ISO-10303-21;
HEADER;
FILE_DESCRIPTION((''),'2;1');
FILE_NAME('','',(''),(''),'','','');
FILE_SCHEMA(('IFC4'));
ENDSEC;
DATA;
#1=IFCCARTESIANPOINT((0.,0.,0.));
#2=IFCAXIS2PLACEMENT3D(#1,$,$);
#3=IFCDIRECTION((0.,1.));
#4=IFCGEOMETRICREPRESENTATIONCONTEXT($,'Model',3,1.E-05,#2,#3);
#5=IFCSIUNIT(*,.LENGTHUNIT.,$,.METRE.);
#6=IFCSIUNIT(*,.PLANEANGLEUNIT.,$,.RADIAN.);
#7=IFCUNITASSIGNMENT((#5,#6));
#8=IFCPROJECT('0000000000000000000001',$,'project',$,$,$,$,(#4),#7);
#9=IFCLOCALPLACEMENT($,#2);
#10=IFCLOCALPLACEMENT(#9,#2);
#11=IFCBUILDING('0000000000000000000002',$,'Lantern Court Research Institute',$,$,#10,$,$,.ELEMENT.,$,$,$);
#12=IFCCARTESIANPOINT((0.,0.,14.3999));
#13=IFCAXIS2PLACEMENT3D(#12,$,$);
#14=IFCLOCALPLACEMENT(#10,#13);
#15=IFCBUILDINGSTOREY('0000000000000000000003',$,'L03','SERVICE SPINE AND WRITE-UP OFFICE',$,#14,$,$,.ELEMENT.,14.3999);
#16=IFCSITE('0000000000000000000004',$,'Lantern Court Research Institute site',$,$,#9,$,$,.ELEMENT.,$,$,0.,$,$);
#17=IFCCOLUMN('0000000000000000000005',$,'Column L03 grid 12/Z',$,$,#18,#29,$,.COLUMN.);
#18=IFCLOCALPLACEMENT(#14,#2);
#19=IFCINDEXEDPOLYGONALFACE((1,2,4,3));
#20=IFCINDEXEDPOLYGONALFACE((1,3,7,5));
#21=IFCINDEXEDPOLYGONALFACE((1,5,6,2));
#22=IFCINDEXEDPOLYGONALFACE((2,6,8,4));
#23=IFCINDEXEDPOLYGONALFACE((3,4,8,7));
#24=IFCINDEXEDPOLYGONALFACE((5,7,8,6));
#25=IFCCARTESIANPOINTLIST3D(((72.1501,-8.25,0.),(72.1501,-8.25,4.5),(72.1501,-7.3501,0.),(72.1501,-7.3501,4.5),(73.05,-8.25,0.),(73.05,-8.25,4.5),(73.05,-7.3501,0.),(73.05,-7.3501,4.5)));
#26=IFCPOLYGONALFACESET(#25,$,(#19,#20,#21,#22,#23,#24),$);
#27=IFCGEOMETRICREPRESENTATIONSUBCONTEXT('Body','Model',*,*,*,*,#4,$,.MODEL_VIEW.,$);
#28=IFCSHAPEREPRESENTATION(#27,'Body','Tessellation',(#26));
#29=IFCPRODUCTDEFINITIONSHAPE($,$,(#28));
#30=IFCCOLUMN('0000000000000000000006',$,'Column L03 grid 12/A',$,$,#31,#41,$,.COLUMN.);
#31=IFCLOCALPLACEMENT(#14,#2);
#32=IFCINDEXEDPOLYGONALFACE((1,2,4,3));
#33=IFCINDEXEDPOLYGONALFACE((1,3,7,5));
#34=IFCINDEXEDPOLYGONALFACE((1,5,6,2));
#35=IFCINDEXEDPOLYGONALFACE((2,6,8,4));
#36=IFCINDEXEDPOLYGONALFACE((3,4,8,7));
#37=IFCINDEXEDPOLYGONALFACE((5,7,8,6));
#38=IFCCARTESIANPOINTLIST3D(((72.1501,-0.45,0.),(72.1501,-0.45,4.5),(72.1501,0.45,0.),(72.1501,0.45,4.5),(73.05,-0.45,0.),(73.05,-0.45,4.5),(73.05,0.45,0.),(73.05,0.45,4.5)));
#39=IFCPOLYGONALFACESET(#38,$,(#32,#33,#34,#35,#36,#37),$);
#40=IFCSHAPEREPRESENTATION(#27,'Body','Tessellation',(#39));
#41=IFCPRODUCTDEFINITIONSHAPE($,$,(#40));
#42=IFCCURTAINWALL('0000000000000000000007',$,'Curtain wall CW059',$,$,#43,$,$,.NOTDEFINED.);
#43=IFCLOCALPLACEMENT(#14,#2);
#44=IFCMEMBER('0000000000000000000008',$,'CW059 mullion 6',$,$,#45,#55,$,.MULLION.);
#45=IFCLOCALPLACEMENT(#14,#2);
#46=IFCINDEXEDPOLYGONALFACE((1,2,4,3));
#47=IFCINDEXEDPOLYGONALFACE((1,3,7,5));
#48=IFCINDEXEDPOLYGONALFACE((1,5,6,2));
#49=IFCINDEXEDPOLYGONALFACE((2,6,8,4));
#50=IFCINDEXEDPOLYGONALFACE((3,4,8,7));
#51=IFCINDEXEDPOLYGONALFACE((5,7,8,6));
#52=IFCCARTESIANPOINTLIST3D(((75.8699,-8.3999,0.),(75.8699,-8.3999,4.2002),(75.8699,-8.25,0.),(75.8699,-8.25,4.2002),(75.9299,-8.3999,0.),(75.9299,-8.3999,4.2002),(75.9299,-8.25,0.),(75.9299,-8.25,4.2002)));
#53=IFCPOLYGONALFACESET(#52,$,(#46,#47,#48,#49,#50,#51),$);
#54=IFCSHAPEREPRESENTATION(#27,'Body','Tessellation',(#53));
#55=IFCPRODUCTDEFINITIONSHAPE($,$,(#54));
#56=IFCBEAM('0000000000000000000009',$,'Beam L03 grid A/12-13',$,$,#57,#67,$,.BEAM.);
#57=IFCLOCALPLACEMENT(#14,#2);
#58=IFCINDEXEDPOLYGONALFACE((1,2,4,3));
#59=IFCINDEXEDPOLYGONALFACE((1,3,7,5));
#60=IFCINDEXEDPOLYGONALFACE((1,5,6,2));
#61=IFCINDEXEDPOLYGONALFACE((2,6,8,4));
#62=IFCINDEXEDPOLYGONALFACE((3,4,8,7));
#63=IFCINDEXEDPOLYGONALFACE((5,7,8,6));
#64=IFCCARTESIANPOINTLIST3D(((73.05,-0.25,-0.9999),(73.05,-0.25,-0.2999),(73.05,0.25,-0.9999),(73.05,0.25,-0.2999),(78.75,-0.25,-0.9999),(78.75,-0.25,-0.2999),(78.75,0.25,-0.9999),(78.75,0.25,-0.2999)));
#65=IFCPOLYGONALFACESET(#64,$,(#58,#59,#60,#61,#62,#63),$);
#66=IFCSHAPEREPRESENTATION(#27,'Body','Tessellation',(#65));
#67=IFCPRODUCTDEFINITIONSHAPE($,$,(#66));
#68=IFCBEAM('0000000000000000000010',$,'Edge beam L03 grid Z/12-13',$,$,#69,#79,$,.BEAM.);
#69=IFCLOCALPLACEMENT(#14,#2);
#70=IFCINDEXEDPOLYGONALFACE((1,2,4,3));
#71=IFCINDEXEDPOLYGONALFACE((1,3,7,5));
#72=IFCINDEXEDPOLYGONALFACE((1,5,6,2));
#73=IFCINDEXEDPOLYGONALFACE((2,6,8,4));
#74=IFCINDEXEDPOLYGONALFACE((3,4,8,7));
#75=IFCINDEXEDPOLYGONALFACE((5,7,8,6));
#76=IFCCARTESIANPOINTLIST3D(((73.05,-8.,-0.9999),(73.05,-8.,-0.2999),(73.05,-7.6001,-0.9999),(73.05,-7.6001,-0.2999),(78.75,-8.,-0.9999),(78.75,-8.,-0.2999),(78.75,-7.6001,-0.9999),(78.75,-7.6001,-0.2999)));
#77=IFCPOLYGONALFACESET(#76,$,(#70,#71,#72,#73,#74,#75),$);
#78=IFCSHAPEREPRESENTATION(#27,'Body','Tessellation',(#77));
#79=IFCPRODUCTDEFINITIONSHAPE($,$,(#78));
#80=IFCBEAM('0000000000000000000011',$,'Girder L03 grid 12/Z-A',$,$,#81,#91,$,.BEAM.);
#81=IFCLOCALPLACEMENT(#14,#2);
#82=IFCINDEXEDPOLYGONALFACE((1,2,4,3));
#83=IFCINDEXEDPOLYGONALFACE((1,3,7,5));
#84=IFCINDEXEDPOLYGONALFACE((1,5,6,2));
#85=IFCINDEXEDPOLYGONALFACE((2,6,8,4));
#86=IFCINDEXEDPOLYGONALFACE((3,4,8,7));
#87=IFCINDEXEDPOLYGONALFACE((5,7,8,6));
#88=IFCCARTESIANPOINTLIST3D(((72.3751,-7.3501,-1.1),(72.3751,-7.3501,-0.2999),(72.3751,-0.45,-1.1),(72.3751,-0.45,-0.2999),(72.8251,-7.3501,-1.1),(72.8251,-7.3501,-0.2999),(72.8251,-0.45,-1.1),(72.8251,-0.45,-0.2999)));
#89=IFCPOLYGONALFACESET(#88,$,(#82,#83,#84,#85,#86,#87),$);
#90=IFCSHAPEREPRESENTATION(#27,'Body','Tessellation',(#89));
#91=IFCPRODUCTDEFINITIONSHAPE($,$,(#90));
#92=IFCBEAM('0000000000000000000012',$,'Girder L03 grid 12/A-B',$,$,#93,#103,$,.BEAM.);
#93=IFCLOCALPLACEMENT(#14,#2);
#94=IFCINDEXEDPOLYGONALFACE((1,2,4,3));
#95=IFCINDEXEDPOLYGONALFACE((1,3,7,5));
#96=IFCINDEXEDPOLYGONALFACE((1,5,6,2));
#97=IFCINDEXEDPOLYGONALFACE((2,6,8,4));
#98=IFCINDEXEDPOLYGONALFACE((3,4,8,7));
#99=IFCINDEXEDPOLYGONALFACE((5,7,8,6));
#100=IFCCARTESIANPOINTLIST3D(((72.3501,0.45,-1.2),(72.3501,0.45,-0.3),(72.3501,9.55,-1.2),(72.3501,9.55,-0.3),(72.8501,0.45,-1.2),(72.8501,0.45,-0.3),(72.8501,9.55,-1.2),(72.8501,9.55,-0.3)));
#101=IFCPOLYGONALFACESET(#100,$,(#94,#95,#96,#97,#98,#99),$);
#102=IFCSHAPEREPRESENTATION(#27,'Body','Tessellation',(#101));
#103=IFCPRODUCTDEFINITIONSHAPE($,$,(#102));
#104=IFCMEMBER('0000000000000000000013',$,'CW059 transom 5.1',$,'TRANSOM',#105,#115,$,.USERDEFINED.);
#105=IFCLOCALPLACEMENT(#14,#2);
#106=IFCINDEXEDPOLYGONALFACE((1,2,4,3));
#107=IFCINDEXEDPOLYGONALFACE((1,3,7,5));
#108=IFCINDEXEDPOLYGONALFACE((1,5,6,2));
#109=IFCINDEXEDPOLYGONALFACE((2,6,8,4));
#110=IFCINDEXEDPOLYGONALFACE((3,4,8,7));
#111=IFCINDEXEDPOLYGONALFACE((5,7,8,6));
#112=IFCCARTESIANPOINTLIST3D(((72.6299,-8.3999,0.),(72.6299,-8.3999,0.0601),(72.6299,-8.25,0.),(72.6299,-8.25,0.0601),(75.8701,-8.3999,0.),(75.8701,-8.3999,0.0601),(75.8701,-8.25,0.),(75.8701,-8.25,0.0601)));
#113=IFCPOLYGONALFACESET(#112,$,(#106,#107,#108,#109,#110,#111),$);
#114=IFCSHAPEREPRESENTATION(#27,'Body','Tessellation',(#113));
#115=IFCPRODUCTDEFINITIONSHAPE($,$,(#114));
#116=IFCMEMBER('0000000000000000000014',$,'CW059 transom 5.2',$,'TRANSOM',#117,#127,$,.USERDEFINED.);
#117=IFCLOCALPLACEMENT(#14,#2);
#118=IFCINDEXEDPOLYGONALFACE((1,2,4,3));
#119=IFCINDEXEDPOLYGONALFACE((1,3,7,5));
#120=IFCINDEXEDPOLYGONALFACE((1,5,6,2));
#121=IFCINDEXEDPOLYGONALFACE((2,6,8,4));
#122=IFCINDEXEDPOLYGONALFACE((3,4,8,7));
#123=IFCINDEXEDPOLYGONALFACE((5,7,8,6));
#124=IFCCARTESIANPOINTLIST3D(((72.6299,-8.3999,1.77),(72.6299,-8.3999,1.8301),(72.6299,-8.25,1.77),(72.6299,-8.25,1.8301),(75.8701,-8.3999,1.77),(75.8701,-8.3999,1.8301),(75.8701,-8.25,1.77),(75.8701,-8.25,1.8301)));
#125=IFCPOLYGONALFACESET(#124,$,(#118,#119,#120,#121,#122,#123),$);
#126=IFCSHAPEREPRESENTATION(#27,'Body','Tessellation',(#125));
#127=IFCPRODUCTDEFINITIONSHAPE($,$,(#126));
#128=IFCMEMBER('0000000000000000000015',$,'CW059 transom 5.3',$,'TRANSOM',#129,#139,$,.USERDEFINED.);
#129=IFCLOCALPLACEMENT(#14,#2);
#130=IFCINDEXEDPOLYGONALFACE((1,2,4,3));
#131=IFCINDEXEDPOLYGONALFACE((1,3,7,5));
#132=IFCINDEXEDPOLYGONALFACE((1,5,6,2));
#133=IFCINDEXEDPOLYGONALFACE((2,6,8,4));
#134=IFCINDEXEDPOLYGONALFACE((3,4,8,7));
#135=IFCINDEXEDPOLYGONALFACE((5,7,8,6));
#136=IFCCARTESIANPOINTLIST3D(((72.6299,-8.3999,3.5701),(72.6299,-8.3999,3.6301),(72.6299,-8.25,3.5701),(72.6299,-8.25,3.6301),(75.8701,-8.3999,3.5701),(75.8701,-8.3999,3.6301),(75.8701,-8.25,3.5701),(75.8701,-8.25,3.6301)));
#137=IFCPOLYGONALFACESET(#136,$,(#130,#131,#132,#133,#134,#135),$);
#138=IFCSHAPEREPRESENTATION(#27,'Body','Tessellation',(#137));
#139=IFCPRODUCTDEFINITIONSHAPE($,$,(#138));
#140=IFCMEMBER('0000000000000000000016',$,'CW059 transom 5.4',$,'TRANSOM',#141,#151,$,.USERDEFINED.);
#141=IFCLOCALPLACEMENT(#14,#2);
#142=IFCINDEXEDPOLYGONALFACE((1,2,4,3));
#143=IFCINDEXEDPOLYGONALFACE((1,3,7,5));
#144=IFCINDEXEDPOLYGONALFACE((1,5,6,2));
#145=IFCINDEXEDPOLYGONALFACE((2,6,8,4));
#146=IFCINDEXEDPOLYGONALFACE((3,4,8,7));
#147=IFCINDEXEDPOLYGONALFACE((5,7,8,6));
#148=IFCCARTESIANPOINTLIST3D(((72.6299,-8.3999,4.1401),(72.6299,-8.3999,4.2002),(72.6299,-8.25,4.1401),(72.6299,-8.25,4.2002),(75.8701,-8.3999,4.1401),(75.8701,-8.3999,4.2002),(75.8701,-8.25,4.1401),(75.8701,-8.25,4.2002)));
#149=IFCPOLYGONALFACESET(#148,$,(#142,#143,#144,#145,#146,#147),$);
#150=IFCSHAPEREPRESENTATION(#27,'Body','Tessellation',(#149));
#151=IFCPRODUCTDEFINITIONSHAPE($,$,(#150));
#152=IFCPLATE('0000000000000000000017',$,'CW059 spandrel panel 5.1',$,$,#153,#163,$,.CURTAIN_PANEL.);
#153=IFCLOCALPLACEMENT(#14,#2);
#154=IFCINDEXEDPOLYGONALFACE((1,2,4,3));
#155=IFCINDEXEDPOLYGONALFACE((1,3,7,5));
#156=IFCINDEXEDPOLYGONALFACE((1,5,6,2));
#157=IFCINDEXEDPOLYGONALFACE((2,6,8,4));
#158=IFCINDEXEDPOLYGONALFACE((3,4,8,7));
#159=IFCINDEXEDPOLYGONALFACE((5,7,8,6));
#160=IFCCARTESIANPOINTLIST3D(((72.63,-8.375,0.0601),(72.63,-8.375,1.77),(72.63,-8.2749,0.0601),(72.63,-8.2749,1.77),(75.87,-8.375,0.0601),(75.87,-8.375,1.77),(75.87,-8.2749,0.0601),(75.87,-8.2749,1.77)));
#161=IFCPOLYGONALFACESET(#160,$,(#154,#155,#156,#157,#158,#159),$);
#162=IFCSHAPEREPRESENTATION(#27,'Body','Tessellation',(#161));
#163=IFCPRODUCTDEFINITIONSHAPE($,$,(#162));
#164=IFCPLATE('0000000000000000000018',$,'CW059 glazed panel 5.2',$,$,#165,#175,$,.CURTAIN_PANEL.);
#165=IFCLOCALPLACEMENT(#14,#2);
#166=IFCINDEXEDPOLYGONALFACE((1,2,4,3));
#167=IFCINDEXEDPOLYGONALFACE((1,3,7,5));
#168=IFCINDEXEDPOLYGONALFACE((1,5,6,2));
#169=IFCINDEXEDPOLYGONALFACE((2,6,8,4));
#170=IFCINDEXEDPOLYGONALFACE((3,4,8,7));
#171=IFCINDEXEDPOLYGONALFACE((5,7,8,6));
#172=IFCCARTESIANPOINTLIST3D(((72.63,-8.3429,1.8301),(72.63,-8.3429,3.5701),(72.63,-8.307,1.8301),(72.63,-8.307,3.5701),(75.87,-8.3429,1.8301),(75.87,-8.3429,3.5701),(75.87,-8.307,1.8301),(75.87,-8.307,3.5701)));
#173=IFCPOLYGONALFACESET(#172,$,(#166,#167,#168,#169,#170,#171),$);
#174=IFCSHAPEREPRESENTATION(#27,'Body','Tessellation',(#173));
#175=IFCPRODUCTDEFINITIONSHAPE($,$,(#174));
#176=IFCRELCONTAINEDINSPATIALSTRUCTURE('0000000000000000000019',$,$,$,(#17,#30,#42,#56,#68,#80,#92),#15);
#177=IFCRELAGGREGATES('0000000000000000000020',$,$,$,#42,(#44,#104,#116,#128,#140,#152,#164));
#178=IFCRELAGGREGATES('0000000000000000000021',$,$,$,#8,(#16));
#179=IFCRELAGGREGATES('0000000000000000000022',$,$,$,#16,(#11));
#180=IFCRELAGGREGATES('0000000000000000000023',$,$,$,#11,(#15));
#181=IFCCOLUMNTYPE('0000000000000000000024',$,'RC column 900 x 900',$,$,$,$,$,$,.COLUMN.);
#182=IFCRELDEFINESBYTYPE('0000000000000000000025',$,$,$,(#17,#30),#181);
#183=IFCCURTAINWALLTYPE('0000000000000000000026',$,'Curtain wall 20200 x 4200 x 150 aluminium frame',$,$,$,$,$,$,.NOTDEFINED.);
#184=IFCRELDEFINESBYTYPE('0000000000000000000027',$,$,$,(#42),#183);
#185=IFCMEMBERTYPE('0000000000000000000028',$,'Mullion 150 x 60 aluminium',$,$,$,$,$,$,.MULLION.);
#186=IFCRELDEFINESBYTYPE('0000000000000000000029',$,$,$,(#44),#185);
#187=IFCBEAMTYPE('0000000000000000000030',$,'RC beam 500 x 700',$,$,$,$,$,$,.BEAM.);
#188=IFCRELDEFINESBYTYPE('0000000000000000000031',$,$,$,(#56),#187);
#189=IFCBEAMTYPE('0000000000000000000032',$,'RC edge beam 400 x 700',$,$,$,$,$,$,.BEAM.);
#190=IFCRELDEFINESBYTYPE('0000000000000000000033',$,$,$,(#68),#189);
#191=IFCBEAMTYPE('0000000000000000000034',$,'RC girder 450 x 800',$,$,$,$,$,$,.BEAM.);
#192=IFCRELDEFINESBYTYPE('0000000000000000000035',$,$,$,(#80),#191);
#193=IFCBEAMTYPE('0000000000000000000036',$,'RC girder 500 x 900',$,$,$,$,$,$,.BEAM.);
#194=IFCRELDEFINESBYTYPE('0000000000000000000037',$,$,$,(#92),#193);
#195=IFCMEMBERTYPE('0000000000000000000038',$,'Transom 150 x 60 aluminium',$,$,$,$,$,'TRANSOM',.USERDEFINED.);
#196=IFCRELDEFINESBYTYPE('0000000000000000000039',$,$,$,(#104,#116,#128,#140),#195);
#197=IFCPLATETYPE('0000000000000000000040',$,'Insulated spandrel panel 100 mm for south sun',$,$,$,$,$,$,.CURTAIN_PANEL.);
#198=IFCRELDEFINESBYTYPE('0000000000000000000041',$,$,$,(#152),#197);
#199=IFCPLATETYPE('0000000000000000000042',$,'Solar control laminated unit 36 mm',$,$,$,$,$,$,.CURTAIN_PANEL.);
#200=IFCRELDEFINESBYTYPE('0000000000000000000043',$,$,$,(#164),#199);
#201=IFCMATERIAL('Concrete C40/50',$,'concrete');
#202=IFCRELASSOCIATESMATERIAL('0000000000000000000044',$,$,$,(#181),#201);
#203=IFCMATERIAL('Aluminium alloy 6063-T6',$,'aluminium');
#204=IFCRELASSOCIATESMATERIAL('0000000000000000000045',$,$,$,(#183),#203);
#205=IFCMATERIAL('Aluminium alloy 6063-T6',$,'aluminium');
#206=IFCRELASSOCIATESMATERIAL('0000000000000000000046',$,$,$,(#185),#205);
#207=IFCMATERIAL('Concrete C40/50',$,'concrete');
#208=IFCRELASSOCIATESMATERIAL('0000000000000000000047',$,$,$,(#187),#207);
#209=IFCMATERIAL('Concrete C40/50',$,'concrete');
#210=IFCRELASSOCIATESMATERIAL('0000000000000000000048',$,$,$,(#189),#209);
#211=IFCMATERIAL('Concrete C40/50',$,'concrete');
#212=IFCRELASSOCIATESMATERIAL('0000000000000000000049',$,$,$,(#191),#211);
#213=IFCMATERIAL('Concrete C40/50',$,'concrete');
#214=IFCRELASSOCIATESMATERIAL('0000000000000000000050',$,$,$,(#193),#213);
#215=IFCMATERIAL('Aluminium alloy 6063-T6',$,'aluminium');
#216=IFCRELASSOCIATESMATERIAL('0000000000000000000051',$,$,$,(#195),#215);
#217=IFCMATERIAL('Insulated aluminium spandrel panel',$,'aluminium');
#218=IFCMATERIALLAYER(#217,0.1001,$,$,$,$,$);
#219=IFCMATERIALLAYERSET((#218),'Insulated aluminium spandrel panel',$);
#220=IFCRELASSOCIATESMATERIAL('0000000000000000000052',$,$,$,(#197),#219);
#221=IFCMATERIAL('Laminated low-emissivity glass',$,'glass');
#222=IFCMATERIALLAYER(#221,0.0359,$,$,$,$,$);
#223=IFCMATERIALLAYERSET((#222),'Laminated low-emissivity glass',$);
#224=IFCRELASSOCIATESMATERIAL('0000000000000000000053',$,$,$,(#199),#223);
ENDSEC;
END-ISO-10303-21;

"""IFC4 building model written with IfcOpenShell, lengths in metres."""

from ifc_helpers import new_model, si_unit, direction, frame, origin, origin_2d, place, context, subcontext, project, spatial, rectangle, extrude, material, layer, layer_set, material_profile, profile_set, type_object, element, aggregate, save


model = new_model("IFC4")

# Units and contexts
model_context = context("Model", 3, precision=1e-05, world=origin(), true_north=direction((0.0, 1.0)))
body_context = subcontext(model_context, "Body", "Model", "MODEL_VIEW")
ifc_project = project(units=[si_unit("LENGTHUNIT", "METRE"), si_unit("PLANEANGLEUNIT", "RADIAN")], contexts=[model_context])

# Site, building, storey
site_placement = place(None, origin())
site = spatial("IfcSite", under=ifc_project, at=site_placement, Name="Lantern Court Research Institute site", CompositionType="ELEMENT", RefElevation=0.0)
building_placement = place(site_placement, origin())
building = spatial("IfcBuilding", under=site, at=building_placement, Name="Lantern Court Research Institute", CompositionType="ELEMENT")
storey_placement = place(building_placement, frame((0.0, 0.0, 14.3999)))
storey = spatial("IfcBuildingStorey", under=building, at=storey_placement, Name="L03", Description="SERVICE SPINE AND WRITE-UP OFFICE", CompositionType="ELEMENT", Elevation=14.3999)

# Columns
ifc_material_1 = material(Name="Concrete C40/50", Category="concrete")
ifc_material_profile_1 = material_profile(ifc_material_1, rectangle(XDim=0.8999, YDim=0.8999, at=origin_2d()), Name="RC column 900 x 900")
ifc_profile_set_1 = profile_set([ifc_material_profile_1], Name="Concrete C40/50")
column_type = type_object("IfcColumnType", Name="RC column 900 x 900", PredefinedType="COLUMN", material=ifc_profile_set_1)
for number, where, z_axis, x_axis, name in (
    (1, (72.6001, -7.8, 0.0), (0.0, 0.0, 1.0), (1.0, 0.0, 0.0), "Column L03 grid 12/Z"),
    (2, (72.6001, 0.0, 0.0), (0.0, 0.0, 1.0), (1.0, 0.0, 0.0), "Column L03 grid 12/A"),
):
    element("IfcColumn", number, at=place(storey_placement, frame(where, z_axis=z_axis, x_axis=x_axis)), inside=storey, type_object=column_type, Name=name, PredefinedType="COLUMN", context=body_context, shape_type="SweptSolid", body=[
        extrude(rectangle(XDim=0.8999, YDim=0.8999, at=origin_2d()), origin(), (0.0, 0.0, 1.0), 4.5),
    ])

# Curtain wall, member
ifc_material_2 = material(Name="Aluminium alloy 6063-T6", Category="aluminium")
curtain_wall_type = type_object("IfcCurtainWallType", Name="Curtain wall 20200 x 4200 x 150 aluminium frame", PredefinedType="NOTDEFINED", material=ifc_material_2)
curtain_wall_placement = place(storey_placement, origin())
curtain_wall = element("IfcCurtainWall", 3, at=curtain_wall_placement, inside=storey, type_object=curtain_wall_type, Name="Curtain wall CW059", PredefinedType="NOTDEFINED")
ifc_material_3 = material(Name="Aluminium alloy 6063-T6", Category="aluminium")
ifc_material_profile_2 = material_profile(ifc_material_3, rectangle(XDim=0.1499, YDim=0.0601, at=origin_2d()), Name="Mullion 150 x 60")
ifc_profile_set_2 = profile_set([ifc_material_profile_2], Name="Aluminium alloy 6063-T6")
member_type_1 = type_object("IfcMemberType", Name="Mullion 150 x 60 aluminium", PredefinedType="MULLION", material=ifc_profile_set_2)
member_1_placement = place(storey_placement, frame((75.8999, -8.325, 0.0), z_axis=(0.0, 0.0, 1.0), x_axis=(0.0, -1.0, 0.0)))
member_1 = element("IfcMember", 4, at=member_1_placement, type_object=member_type_1, Name="CW059 mullion 6", PredefinedType="MULLION", context=body_context, shape_type="SweptSolid", body=[
    extrude(rectangle(XDim=0.1499, YDim=0.0601, at=origin_2d()), origin(), (0.0, 0.0, 1.0), 4.2002),
])

# Beams
ifc_material_4 = material(Name="Concrete C40/50", Category="concrete")
ifc_material_profile_3 = material_profile(ifc_material_4, rectangle(XDim=0.5, YDim=0.7, at=origin_2d()), Name="RC beam 500 x 700")
ifc_profile_set_3 = profile_set([ifc_material_profile_3], Name="Concrete C40/50")
beam_type_1 = type_object("IfcBeamType", Name="RC beam 500 x 700", PredefinedType="BEAM", material=ifc_profile_set_3)
beam_1_placement = place(storey_placement, frame((73.05, 0.0, -0.6499), z_axis=(1.0, 0.0, 0.0), x_axis=(0.0, 1.0, 0.0)))
element("IfcBeam", 5, at=beam_1_placement, inside=storey, type_object=beam_type_1, Name="Beam L03 grid A/12-13", PredefinedType="BEAM", context=body_context, shape_type="SweptSolid", body=[
    extrude(rectangle(XDim=0.5, YDim=0.7, at=origin_2d()), origin(), (0.0, 0.0, 1.0), 5.7),
])
ifc_material_5 = material(Name="Concrete C40/50", Category="concrete")
ifc_material_profile_4 = material_profile(ifc_material_5, rectangle(XDim=0.3999, YDim=0.7, at=origin_2d()), Name="RC beam 400 x 700")
ifc_profile_set_4 = profile_set([ifc_material_profile_4], Name="Concrete C40/50")
beam_type_2 = type_object("IfcBeamType", Name="RC edge beam 400 x 700", PredefinedType="BEAM", material=ifc_profile_set_4)
beam_2_placement = place(storey_placement, frame((73.05, -7.8, -0.6499), z_axis=(1.0, 0.0, 0.0), x_axis=(0.0, 1.0, 0.0)))
element("IfcBeam", 6, at=beam_2_placement, inside=storey, type_object=beam_type_2, Name="Edge beam L03 grid Z/12-13", PredefinedType="BEAM", context=body_context, shape_type="SweptSolid", body=[
    extrude(rectangle(XDim=0.3999, YDim=0.7, at=origin_2d()), origin(), (0.0, 0.0, 1.0), 5.7),
])
ifc_material_6 = material(Name="Concrete C40/50", Category="concrete")
ifc_material_profile_5 = material_profile(ifc_material_6, rectangle(XDim=0.45, YDim=0.8, at=origin_2d()), Name="RC beam 450 x 800")
ifc_profile_set_5 = profile_set([ifc_material_profile_5], Name="Concrete C40/50")
beam_type_3 = type_object("IfcBeamType", Name="RC girder 450 x 800", PredefinedType="BEAM", material=ifc_profile_set_5)
beam_3_placement = place(storey_placement, frame((72.6001, -7.3501, -0.7), z_axis=(0.0, 1.0, 0.0), x_axis=(-1.0, 0.0, 0.0)))
element("IfcBeam", 7, at=beam_3_placement, inside=storey, type_object=beam_type_3, Name="Girder L03 grid 12/Z-A", PredefinedType="BEAM", context=body_context, shape_type="SweptSolid", body=[
    extrude(rectangle(XDim=0.45, YDim=0.8, at=origin_2d()), origin(), (0.0, 0.0, 1.0), 6.9001),
])
ifc_material_7 = material(Name="Concrete C40/50", Category="concrete")
ifc_material_profile_6 = material_profile(ifc_material_7, rectangle(XDim=0.5, YDim=0.8999, at=origin_2d()), Name="RC beam 500 x 900")
ifc_profile_set_6 = profile_set([ifc_material_profile_6], Name="Concrete C40/50")
beam_type_4 = type_object("IfcBeamType", Name="RC girder 500 x 900", PredefinedType="BEAM", material=ifc_profile_set_6)
beam_4_placement = place(storey_placement, frame((72.6001, 0.45, -0.75), z_axis=(0.0, 1.0, 0.0), x_axis=(-1.0, 0.0, 0.0)))
element("IfcBeam", 8, at=beam_4_placement, inside=storey, type_object=beam_type_4, Name="Girder L03 grid 12/A-B", PredefinedType="BEAM", context=body_context, shape_type="SweptSolid", body=[
    extrude(rectangle(XDim=0.5, YDim=0.8999, at=origin_2d()), origin(), (0.0, 0.0, 1.0), 9.1001),
])

# Members
ifc_material_8 = material(Name="Aluminium alloy 6063-T6", Category="aluminium")
ifc_material_profile_7 = material_profile(ifc_material_8, rectangle(XDim=0.1499, YDim=0.0601, at=origin_2d()), Name="Transom 150 x 60")
ifc_profile_set_7 = profile_set([ifc_material_profile_7], Name="Aluminium alloy 6063-T6")
member_type_2 = type_object("IfcMemberType", Name="Transom 150 x 60 aluminium", ElementType="TRANSOM", PredefinedType="USERDEFINED", material=ifc_profile_set_7)
member_2_placement = place(storey_placement, frame((75.8701, -8.325, 0.03), z_axis=(-1.0, 0.0, 0.0), x_axis=(0.0, -1.0, 0.0)))
member_2 = element("IfcMember", 9, at=member_2_placement, type_object=member_type_2, Name="CW059 transom 5.1", ObjectType="TRANSOM", PredefinedType="USERDEFINED", context=body_context, shape_type="SweptSolid", body=[
    extrude(rectangle(XDim=0.1499, YDim=0.0601, at=origin_2d()), origin(), (0.0, 0.0, 1.0), 3.2402),
])
member_3_placement = place(storey_placement, frame((75.8701, -8.325, 1.8), z_axis=(-1.0, 0.0, 0.0), x_axis=(0.0, -1.0, 0.0)))
member_3 = element("IfcMember", 10, at=member_3_placement, type_object=member_type_2, Name="CW059 transom 5.2", ObjectType="TRANSOM", PredefinedType="USERDEFINED", context=body_context, shape_type="SweptSolid", body=[
    extrude(rectangle(XDim=0.1499, YDim=0.0601, at=origin_2d()), origin(), (0.0, 0.0, 1.0), 3.2402),
])
member_4_placement = place(storey_placement, frame((75.8701, -8.325, 3.6001), z_axis=(-1.0, 0.0, 0.0), x_axis=(0.0, -1.0, 0.0)))
member_4 = element("IfcMember", 11, at=member_4_placement, type_object=member_type_2, Name="CW059 transom 5.3", ObjectType="TRANSOM", PredefinedType="USERDEFINED", context=body_context, shape_type="SweptSolid", body=[
    extrude(rectangle(XDim=0.1499, YDim=0.0601, at=origin_2d()), origin(), (0.0, 0.0, 1.0), 3.2402),
])
member_5_placement = place(storey_placement, frame((75.8701, -8.325, 4.1702), z_axis=(-1.0, 0.0, 0.0), x_axis=(0.0, -1.0, 0.0)))
member_5 = element("IfcMember", 12, at=member_5_placement, type_object=member_type_2, Name="CW059 transom 5.4", ObjectType="TRANSOM", PredefinedType="USERDEFINED", context=body_context, shape_type="SweptSolid", body=[
    extrude(rectangle(XDim=0.1499, YDim=0.0601, at=origin_2d()), origin(), (0.0, 0.0, 1.0), 3.2402),
])

# Plates
ifc_material_9 = material(Name="Insulated aluminium spandrel panel", Category="aluminium")
ifc_layer_1 = layer(ifc_material_9, 0.1001)
ifc_layer_set_1 = layer_set([ifc_layer_1], Name="Insulated aluminium spandrel panel")
plate_type_1 = type_object("IfcPlateType", Name="Insulated spandrel panel 100 mm for south sun", PredefinedType="CURTAIN_PANEL", material=ifc_layer_set_1)
plate_1_placement = place(storey_placement, frame((74.25, -8.325, 0.0601), z_axis=(0.0, 0.0, 1.0), x_axis=(-1.0, 0.0, 0.0)))
plate_1 = element("IfcPlate", 13, at=plate_1_placement, type_object=plate_type_1, Name="CW059 spandrel panel 5.1", PredefinedType="CURTAIN_PANEL", context=body_context, shape_type="SweptSolid", body=[
    extrude(rectangle(XDim=3.24, YDim=0.1001, at=origin_2d()), origin(), (0.0, 0.0, 1.0), 1.71),
])
ifc_material_10 = material(Name="Laminated low-emissivity glass", Category="glass")
ifc_layer_2 = layer(ifc_material_10, 0.0359)
ifc_layer_set_2 = layer_set([ifc_layer_2], Name="Laminated low-emissivity glass")
plate_type_2 = type_object("IfcPlateType", Name="Solar control laminated unit 36 mm", PredefinedType="CURTAIN_PANEL", material=ifc_layer_set_2)
plate_2_placement = place(storey_placement, frame((74.25, -8.325, 1.8301), z_axis=(0.0, 0.0, 1.0), x_axis=(-1.0, 0.0, 0.0)))
plate_2 = element("IfcPlate", 14, at=plate_2_placement, type_object=plate_type_2, Name="CW059 glazed panel 5.2", PredefinedType="CURTAIN_PANEL", context=body_context, shape_type="SweptSolid", body=[
    extrude(rectangle(XDim=3.24, YDim=0.0359, at=origin_2d()), origin(), (0.0, 0.0, 1.0), 1.74),
])
aggregate(curtain_wall, [member_1, member_2, member_3, member_4, member_5, plate_1, plate_2])

save(model, "model.ifc")
